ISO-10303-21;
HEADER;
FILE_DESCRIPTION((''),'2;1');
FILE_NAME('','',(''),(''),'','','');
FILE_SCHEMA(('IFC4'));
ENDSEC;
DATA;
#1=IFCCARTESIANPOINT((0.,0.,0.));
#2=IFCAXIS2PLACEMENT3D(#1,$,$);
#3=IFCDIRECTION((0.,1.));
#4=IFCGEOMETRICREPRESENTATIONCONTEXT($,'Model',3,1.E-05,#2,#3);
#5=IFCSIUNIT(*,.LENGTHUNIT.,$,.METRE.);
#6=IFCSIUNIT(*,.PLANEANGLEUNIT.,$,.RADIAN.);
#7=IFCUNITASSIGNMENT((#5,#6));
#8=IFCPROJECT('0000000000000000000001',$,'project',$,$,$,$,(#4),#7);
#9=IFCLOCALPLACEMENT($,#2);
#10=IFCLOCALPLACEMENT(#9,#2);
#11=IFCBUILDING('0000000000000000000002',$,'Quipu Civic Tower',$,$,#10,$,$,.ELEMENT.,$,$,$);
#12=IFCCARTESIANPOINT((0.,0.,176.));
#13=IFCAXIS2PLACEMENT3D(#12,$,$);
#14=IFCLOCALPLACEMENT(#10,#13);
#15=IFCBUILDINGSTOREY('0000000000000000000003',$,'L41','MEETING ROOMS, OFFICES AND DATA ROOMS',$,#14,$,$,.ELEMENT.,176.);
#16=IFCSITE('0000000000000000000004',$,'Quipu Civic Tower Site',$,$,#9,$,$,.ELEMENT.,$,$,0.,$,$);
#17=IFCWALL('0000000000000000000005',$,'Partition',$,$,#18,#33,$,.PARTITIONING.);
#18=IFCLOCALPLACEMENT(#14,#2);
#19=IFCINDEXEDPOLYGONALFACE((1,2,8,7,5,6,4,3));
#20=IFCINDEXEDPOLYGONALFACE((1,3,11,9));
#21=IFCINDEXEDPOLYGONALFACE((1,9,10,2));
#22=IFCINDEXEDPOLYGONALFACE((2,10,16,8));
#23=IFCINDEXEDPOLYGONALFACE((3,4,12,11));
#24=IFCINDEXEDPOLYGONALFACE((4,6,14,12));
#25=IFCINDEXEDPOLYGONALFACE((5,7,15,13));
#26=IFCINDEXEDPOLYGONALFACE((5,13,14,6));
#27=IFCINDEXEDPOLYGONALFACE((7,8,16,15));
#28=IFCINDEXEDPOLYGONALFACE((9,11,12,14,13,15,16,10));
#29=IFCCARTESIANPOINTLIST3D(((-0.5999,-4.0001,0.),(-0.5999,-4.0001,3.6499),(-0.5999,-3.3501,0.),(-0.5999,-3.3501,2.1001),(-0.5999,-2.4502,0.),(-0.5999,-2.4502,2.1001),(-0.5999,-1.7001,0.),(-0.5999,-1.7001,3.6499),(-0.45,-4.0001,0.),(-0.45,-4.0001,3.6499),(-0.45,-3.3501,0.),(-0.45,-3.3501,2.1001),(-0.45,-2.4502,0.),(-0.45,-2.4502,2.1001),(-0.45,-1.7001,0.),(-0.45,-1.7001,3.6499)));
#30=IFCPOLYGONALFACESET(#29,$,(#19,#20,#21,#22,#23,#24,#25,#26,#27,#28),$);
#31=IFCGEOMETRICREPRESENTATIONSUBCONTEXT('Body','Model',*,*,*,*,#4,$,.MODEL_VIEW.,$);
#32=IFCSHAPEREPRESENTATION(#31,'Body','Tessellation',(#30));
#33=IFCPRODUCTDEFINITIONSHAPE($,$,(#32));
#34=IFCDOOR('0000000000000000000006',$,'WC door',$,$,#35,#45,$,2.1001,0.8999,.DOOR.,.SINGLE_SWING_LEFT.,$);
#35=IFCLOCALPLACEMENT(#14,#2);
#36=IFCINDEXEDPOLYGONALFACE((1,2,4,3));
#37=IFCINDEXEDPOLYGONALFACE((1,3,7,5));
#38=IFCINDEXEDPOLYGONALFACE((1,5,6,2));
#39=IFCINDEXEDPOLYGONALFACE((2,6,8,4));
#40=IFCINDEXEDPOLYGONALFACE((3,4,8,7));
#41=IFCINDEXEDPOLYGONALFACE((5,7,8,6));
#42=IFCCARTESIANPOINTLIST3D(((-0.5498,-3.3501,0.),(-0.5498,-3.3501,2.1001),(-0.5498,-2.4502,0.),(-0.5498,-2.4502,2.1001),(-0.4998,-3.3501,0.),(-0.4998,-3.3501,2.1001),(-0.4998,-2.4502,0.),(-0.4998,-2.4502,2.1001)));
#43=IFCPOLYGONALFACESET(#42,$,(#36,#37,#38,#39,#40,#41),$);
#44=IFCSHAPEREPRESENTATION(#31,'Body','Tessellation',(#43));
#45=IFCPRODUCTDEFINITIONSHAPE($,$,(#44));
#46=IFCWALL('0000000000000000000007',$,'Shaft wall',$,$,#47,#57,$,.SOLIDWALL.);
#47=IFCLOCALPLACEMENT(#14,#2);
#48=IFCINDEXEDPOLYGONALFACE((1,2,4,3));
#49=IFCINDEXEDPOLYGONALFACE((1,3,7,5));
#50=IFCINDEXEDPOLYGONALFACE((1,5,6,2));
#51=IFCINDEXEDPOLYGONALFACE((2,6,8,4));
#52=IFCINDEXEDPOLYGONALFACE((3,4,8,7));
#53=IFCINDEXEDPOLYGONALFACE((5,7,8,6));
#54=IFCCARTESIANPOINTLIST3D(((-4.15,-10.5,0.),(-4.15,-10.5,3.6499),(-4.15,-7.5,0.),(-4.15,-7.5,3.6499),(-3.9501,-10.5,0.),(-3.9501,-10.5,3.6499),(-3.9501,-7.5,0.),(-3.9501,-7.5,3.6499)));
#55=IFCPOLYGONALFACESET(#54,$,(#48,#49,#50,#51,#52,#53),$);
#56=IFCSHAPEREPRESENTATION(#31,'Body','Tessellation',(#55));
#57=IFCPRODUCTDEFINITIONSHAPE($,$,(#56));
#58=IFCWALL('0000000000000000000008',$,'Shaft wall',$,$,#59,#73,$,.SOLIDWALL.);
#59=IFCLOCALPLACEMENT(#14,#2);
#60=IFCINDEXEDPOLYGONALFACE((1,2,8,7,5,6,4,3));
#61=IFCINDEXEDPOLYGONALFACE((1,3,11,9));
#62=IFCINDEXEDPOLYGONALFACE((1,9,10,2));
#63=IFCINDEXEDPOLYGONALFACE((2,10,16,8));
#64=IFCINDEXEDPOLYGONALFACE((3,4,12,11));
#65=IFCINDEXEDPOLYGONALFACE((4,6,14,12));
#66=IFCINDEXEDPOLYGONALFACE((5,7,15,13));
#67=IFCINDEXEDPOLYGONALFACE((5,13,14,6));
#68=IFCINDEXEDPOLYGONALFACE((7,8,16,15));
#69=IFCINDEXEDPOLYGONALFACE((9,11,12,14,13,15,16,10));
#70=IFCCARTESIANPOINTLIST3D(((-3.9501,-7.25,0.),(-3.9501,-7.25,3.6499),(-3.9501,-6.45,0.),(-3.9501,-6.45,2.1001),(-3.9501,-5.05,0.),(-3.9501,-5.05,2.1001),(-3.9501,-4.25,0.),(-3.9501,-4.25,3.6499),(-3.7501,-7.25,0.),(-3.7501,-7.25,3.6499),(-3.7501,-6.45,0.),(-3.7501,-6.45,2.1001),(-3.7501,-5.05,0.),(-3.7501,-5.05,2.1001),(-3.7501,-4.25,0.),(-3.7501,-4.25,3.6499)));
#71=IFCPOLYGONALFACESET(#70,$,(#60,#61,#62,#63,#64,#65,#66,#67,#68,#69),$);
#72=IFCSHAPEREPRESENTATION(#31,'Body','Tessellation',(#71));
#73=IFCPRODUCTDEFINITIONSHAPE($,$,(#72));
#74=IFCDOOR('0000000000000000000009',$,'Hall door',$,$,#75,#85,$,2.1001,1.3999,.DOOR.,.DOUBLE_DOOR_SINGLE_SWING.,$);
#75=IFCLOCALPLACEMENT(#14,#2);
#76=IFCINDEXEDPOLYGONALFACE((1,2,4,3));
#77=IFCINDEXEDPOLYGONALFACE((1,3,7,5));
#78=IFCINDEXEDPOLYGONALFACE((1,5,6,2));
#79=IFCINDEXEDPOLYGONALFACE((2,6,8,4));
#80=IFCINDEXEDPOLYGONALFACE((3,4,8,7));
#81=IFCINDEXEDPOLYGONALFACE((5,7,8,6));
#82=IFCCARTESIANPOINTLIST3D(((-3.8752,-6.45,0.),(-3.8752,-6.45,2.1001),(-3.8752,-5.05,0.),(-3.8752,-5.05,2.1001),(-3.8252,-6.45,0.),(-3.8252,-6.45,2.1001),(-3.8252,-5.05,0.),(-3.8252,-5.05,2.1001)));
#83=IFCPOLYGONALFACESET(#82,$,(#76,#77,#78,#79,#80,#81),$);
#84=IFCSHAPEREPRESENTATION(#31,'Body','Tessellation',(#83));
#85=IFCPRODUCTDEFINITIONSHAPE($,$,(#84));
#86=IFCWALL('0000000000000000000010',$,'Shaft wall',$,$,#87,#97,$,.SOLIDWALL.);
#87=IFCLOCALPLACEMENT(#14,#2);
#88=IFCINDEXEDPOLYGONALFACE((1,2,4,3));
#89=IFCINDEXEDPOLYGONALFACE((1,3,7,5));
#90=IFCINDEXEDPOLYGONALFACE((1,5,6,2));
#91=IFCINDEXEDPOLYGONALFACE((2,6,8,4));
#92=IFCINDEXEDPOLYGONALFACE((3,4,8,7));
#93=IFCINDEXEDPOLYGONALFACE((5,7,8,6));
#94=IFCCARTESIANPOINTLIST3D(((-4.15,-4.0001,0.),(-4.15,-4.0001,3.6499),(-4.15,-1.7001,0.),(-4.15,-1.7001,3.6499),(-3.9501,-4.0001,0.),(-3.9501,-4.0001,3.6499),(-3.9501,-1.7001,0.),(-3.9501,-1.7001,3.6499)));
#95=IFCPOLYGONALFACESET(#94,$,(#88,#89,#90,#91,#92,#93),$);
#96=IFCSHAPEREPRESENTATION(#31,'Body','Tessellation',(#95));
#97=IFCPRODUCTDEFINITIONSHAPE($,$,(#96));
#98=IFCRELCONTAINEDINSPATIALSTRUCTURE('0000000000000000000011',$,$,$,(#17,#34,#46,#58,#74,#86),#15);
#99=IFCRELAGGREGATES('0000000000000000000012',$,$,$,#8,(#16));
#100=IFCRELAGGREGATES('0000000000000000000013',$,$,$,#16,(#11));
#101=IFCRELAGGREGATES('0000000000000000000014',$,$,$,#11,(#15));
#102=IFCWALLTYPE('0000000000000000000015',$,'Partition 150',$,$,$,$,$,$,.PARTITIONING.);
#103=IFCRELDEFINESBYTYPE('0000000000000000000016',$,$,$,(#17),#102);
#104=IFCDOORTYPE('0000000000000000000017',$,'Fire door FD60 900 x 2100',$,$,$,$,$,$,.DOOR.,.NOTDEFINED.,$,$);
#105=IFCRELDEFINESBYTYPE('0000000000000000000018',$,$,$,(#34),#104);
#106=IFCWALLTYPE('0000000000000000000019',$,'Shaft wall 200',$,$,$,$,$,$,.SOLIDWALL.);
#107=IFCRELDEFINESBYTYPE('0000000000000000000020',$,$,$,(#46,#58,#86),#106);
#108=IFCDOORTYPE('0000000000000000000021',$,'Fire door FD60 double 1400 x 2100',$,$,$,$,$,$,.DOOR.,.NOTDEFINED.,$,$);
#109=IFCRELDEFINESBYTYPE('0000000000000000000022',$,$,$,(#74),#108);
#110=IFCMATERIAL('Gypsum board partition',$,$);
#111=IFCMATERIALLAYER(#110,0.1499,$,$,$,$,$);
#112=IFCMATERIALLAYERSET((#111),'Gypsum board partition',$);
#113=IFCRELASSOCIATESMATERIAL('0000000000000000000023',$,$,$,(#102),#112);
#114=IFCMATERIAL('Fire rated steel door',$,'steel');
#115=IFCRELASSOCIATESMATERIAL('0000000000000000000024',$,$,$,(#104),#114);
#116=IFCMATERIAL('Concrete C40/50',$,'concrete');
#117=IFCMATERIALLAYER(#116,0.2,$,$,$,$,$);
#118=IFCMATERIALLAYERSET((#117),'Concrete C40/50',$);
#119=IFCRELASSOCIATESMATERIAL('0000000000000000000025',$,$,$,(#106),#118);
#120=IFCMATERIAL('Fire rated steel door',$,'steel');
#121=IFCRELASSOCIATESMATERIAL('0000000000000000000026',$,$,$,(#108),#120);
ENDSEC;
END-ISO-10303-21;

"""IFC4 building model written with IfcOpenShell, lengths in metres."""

from ifc_helpers import new_model, si_unit, direction, frame, frame_2d, origin, place, context, subcontext, project, spatial, rectangle, extrude, material, layer, layer_set, type_object, element, fill, save


model = new_model("IFC4")

# Units and contexts
model_context = context("Model", 3, precision=1e-05, world=origin(), true_north=direction((0.0, 1.0)))
body_context = subcontext(model_context, "Body", "Model", "MODEL_VIEW")
ifc_project = project(units=[si_unit("LENGTHUNIT", "METRE"), si_unit("PLANEANGLEUNIT", "RADIAN")], contexts=[model_context])

# Site, building, storey
site_placement = place(None, origin())
site = spatial("IfcSite", under=ifc_project, at=site_placement, Name="Quipu Civic Tower Site", CompositionType="ELEMENT", RefElevation=0.0)
building_placement = place(site_placement, origin())
building = spatial("IfcBuilding", under=site, at=building_placement, Name="Quipu Civic Tower", CompositionType="ELEMENT")
storey_placement = place(building_placement, frame((0.0, 0.0, 176.0)))
storey = spatial("IfcBuildingStorey", under=building, at=storey_placement, Name="L41", Description="MEETING ROOMS, OFFICES AND DATA ROOMS", CompositionType="ELEMENT", Elevation=176.0)

# Shared definitions
ifc_material_1 = material(Name="Gypsum board partition")
ifc_layer_1 = layer(ifc_material_1, 0.1499)
ifc_layer_set_1 = layer_set([ifc_layer_1], Name="Gypsum board partition")
wall_type_1 = type_object("IfcWallType", Name="Partition 150", PredefinedType="PARTITIONING", material=ifc_layer_set_1)

# Wall, opening, door
ifc_material_2 = material(Name="Fire rated steel door", Category="steel")
door_type_1 = type_object("IfcDoorType", Name="Fire door FD60 900 x 2100", OperationType="NOTDEFINED", PredefinedType="DOOR", material=ifc_material_2)
wall_1_placement = place(storey_placement, frame((-0.5249, -4.0, 0.0), z_axis=(0.0, 0.0, 1.0), x_axis=(0.0, 1.0, 0.0)))
wall_1 = element("IfcWall", 1, at=wall_1_placement, inside=storey, type_object=wall_type_1, Name="Partition", PredefinedType="PARTITIONING", context=body_context, shape_type="SweptSolid", body=[
    extrude(rectangle(XDim=2.3, YDim=0.1499, at=frame_2d((1.1499, 0.0))), origin(), (0.0, 0.0, 1.0), 3.6499),
])
opening_1_placement = place(wall_1_placement, frame((0.6499, 0.0, 0.0)))
opening_1 = element("IfcOpeningElement", 2, at=opening_1_placement, cuts=wall_1, PredefinedType="OPENING", context=body_context, shape_type="SweptSolid", body=[
    extrude(rectangle(XDim=0.8999, YDim=2.1001, at=frame_2d((0.45, 1.05))), frame((0.0, 0.085, 0.0), z_axis=(0.0, -1.0, 0.0), x_axis=(1.0, 0.0, 0.0)), (0.0, 0.0, 1.0), 0.1699),
])
door_1_placement = place(opening_1_placement, origin())
door_1 = element("IfcDoor", 3, at=door_1_placement, inside=storey, type_object=door_type_1, Name="WC door", OperationType="SINGLE_SWING_LEFT", OverallHeight=2.1001, OverallWidth=0.8999, PredefinedType="DOOR", context=body_context, shape_type="SweptSolid", body=[
    extrude(rectangle(XDim=0.8999, YDim=2.1001, at=frame_2d((0.45, 1.05))), frame((0.0, 0.0249, 0.0), z_axis=(0.0, -1.0, 0.0), x_axis=(1.0, 0.0, 0.0)), (0.0, 0.0, 1.0), 0.05),
])
fill(opening_1, door_1)

# Wall
ifc_material_3 = material(Name="Concrete C40/50", Category="concrete")
ifc_layer_2 = layer(ifc_material_3, 0.2)
ifc_layer_set_2 = layer_set([ifc_layer_2], Name="Concrete C40/50")
wall_type_2 = type_object("IfcWallType", Name="Shaft wall 200", PredefinedType="SOLIDWALL", material=ifc_layer_set_2)
wall_2_placement = place(storey_placement, frame((-4.05, -10.5, 0.0), z_axis=(0.0, 0.0, 1.0), x_axis=(0.0, 1.0, 0.0)))
element("IfcWall", 4, at=wall_2_placement, inside=storey, type_object=wall_type_2, Name="Shaft wall", PredefinedType="SOLIDWALL", context=body_context, shape_type="SweptSolid", body=[
    extrude(rectangle(XDim=3.0, YDim=0.2, at=frame_2d((1.5, 0.0))), origin(), (0.0, 0.0, 1.0), 3.6499),
])

# Wall, opening, door
wall_3_placement = place(storey_placement, frame((-3.8501, -4.25, 0.0), z_axis=(0.0, 0.0, 1.0), x_axis=(0.0, -1.0, 0.0)))
wall_3 = element("IfcWall", 5, at=wall_3_placement, inside=storey, type_object=wall_type_2, Name="Shaft wall", PredefinedType="SOLIDWALL", context=body_context, shape_type="SweptSolid", body=[
    extrude(rectangle(XDim=3.0, YDim=0.2, at=frame_2d((1.5, 0.0))), origin(), (0.0, 0.0, 1.0), 3.6499),
])
opening_2_placement = place(wall_3_placement, frame((0.8, 0.0, 0.0)))
opening_2 = element("IfcOpeningElement", 6, at=opening_2_placement, cuts=wall_3, PredefinedType="OPENING", context=body_context, shape_type="SweptSolid", body=[
    extrude(rectangle(XDim=1.3999, YDim=2.1001, at=frame_2d((0.7, 1.05))), frame((0.0, 0.1099, 0.0), z_axis=(0.0, -1.0, 0.0), x_axis=(1.0, 0.0, 0.0)), (0.0, 0.0, 1.0), 0.22),
])
ifc_material_4 = material(Name="Fire rated steel door", Category="steel")
door_type_2 = type_object("IfcDoorType", Name="Fire door FD60 double 1400 x 2100", OperationType="NOTDEFINED", PredefinedType="DOOR", material=ifc_material_4)
door_2_placement = place(opening_2_placement, origin())
door_2 = element("IfcDoor", 7, at=door_2_placement, inside=storey, type_object=door_type_2, Name="Hall door", OperationType="DOUBLE_DOOR_SINGLE_SWING", OverallHeight=2.1001, OverallWidth=1.3999, PredefinedType="DOOR", context=body_context, shape_type="SweptSolid", body=[
    extrude(rectangle(XDim=1.3999, YDim=2.1001, at=frame_2d((0.7, 1.05))), frame((0.0, 0.0249, 0.0), z_axis=(0.0, -1.0, 0.0), x_axis=(1.0, 0.0, 0.0)), (0.0, 0.0, 1.0), 0.05),
])
fill(opening_2, door_2)

# Wall
wall_4_placement = place(storey_placement, frame((-4.05, -4.0, 0.0), z_axis=(0.0, 0.0, 1.0), x_axis=(0.0, 1.0, 0.0)))
element("IfcWall", 8, at=wall_4_placement, inside=storey, type_object=wall_type_2, Name="Shaft wall", PredefinedType="SOLIDWALL", context=body_context, shape_type="SweptSolid", body=[
    extrude(rectangle(XDim=2.3, YDim=0.2, at=frame_2d((1.1499, 0.0))), origin(), (0.0, 0.0, 1.0), 3.6499),
])

save(model, "model.ifc")
